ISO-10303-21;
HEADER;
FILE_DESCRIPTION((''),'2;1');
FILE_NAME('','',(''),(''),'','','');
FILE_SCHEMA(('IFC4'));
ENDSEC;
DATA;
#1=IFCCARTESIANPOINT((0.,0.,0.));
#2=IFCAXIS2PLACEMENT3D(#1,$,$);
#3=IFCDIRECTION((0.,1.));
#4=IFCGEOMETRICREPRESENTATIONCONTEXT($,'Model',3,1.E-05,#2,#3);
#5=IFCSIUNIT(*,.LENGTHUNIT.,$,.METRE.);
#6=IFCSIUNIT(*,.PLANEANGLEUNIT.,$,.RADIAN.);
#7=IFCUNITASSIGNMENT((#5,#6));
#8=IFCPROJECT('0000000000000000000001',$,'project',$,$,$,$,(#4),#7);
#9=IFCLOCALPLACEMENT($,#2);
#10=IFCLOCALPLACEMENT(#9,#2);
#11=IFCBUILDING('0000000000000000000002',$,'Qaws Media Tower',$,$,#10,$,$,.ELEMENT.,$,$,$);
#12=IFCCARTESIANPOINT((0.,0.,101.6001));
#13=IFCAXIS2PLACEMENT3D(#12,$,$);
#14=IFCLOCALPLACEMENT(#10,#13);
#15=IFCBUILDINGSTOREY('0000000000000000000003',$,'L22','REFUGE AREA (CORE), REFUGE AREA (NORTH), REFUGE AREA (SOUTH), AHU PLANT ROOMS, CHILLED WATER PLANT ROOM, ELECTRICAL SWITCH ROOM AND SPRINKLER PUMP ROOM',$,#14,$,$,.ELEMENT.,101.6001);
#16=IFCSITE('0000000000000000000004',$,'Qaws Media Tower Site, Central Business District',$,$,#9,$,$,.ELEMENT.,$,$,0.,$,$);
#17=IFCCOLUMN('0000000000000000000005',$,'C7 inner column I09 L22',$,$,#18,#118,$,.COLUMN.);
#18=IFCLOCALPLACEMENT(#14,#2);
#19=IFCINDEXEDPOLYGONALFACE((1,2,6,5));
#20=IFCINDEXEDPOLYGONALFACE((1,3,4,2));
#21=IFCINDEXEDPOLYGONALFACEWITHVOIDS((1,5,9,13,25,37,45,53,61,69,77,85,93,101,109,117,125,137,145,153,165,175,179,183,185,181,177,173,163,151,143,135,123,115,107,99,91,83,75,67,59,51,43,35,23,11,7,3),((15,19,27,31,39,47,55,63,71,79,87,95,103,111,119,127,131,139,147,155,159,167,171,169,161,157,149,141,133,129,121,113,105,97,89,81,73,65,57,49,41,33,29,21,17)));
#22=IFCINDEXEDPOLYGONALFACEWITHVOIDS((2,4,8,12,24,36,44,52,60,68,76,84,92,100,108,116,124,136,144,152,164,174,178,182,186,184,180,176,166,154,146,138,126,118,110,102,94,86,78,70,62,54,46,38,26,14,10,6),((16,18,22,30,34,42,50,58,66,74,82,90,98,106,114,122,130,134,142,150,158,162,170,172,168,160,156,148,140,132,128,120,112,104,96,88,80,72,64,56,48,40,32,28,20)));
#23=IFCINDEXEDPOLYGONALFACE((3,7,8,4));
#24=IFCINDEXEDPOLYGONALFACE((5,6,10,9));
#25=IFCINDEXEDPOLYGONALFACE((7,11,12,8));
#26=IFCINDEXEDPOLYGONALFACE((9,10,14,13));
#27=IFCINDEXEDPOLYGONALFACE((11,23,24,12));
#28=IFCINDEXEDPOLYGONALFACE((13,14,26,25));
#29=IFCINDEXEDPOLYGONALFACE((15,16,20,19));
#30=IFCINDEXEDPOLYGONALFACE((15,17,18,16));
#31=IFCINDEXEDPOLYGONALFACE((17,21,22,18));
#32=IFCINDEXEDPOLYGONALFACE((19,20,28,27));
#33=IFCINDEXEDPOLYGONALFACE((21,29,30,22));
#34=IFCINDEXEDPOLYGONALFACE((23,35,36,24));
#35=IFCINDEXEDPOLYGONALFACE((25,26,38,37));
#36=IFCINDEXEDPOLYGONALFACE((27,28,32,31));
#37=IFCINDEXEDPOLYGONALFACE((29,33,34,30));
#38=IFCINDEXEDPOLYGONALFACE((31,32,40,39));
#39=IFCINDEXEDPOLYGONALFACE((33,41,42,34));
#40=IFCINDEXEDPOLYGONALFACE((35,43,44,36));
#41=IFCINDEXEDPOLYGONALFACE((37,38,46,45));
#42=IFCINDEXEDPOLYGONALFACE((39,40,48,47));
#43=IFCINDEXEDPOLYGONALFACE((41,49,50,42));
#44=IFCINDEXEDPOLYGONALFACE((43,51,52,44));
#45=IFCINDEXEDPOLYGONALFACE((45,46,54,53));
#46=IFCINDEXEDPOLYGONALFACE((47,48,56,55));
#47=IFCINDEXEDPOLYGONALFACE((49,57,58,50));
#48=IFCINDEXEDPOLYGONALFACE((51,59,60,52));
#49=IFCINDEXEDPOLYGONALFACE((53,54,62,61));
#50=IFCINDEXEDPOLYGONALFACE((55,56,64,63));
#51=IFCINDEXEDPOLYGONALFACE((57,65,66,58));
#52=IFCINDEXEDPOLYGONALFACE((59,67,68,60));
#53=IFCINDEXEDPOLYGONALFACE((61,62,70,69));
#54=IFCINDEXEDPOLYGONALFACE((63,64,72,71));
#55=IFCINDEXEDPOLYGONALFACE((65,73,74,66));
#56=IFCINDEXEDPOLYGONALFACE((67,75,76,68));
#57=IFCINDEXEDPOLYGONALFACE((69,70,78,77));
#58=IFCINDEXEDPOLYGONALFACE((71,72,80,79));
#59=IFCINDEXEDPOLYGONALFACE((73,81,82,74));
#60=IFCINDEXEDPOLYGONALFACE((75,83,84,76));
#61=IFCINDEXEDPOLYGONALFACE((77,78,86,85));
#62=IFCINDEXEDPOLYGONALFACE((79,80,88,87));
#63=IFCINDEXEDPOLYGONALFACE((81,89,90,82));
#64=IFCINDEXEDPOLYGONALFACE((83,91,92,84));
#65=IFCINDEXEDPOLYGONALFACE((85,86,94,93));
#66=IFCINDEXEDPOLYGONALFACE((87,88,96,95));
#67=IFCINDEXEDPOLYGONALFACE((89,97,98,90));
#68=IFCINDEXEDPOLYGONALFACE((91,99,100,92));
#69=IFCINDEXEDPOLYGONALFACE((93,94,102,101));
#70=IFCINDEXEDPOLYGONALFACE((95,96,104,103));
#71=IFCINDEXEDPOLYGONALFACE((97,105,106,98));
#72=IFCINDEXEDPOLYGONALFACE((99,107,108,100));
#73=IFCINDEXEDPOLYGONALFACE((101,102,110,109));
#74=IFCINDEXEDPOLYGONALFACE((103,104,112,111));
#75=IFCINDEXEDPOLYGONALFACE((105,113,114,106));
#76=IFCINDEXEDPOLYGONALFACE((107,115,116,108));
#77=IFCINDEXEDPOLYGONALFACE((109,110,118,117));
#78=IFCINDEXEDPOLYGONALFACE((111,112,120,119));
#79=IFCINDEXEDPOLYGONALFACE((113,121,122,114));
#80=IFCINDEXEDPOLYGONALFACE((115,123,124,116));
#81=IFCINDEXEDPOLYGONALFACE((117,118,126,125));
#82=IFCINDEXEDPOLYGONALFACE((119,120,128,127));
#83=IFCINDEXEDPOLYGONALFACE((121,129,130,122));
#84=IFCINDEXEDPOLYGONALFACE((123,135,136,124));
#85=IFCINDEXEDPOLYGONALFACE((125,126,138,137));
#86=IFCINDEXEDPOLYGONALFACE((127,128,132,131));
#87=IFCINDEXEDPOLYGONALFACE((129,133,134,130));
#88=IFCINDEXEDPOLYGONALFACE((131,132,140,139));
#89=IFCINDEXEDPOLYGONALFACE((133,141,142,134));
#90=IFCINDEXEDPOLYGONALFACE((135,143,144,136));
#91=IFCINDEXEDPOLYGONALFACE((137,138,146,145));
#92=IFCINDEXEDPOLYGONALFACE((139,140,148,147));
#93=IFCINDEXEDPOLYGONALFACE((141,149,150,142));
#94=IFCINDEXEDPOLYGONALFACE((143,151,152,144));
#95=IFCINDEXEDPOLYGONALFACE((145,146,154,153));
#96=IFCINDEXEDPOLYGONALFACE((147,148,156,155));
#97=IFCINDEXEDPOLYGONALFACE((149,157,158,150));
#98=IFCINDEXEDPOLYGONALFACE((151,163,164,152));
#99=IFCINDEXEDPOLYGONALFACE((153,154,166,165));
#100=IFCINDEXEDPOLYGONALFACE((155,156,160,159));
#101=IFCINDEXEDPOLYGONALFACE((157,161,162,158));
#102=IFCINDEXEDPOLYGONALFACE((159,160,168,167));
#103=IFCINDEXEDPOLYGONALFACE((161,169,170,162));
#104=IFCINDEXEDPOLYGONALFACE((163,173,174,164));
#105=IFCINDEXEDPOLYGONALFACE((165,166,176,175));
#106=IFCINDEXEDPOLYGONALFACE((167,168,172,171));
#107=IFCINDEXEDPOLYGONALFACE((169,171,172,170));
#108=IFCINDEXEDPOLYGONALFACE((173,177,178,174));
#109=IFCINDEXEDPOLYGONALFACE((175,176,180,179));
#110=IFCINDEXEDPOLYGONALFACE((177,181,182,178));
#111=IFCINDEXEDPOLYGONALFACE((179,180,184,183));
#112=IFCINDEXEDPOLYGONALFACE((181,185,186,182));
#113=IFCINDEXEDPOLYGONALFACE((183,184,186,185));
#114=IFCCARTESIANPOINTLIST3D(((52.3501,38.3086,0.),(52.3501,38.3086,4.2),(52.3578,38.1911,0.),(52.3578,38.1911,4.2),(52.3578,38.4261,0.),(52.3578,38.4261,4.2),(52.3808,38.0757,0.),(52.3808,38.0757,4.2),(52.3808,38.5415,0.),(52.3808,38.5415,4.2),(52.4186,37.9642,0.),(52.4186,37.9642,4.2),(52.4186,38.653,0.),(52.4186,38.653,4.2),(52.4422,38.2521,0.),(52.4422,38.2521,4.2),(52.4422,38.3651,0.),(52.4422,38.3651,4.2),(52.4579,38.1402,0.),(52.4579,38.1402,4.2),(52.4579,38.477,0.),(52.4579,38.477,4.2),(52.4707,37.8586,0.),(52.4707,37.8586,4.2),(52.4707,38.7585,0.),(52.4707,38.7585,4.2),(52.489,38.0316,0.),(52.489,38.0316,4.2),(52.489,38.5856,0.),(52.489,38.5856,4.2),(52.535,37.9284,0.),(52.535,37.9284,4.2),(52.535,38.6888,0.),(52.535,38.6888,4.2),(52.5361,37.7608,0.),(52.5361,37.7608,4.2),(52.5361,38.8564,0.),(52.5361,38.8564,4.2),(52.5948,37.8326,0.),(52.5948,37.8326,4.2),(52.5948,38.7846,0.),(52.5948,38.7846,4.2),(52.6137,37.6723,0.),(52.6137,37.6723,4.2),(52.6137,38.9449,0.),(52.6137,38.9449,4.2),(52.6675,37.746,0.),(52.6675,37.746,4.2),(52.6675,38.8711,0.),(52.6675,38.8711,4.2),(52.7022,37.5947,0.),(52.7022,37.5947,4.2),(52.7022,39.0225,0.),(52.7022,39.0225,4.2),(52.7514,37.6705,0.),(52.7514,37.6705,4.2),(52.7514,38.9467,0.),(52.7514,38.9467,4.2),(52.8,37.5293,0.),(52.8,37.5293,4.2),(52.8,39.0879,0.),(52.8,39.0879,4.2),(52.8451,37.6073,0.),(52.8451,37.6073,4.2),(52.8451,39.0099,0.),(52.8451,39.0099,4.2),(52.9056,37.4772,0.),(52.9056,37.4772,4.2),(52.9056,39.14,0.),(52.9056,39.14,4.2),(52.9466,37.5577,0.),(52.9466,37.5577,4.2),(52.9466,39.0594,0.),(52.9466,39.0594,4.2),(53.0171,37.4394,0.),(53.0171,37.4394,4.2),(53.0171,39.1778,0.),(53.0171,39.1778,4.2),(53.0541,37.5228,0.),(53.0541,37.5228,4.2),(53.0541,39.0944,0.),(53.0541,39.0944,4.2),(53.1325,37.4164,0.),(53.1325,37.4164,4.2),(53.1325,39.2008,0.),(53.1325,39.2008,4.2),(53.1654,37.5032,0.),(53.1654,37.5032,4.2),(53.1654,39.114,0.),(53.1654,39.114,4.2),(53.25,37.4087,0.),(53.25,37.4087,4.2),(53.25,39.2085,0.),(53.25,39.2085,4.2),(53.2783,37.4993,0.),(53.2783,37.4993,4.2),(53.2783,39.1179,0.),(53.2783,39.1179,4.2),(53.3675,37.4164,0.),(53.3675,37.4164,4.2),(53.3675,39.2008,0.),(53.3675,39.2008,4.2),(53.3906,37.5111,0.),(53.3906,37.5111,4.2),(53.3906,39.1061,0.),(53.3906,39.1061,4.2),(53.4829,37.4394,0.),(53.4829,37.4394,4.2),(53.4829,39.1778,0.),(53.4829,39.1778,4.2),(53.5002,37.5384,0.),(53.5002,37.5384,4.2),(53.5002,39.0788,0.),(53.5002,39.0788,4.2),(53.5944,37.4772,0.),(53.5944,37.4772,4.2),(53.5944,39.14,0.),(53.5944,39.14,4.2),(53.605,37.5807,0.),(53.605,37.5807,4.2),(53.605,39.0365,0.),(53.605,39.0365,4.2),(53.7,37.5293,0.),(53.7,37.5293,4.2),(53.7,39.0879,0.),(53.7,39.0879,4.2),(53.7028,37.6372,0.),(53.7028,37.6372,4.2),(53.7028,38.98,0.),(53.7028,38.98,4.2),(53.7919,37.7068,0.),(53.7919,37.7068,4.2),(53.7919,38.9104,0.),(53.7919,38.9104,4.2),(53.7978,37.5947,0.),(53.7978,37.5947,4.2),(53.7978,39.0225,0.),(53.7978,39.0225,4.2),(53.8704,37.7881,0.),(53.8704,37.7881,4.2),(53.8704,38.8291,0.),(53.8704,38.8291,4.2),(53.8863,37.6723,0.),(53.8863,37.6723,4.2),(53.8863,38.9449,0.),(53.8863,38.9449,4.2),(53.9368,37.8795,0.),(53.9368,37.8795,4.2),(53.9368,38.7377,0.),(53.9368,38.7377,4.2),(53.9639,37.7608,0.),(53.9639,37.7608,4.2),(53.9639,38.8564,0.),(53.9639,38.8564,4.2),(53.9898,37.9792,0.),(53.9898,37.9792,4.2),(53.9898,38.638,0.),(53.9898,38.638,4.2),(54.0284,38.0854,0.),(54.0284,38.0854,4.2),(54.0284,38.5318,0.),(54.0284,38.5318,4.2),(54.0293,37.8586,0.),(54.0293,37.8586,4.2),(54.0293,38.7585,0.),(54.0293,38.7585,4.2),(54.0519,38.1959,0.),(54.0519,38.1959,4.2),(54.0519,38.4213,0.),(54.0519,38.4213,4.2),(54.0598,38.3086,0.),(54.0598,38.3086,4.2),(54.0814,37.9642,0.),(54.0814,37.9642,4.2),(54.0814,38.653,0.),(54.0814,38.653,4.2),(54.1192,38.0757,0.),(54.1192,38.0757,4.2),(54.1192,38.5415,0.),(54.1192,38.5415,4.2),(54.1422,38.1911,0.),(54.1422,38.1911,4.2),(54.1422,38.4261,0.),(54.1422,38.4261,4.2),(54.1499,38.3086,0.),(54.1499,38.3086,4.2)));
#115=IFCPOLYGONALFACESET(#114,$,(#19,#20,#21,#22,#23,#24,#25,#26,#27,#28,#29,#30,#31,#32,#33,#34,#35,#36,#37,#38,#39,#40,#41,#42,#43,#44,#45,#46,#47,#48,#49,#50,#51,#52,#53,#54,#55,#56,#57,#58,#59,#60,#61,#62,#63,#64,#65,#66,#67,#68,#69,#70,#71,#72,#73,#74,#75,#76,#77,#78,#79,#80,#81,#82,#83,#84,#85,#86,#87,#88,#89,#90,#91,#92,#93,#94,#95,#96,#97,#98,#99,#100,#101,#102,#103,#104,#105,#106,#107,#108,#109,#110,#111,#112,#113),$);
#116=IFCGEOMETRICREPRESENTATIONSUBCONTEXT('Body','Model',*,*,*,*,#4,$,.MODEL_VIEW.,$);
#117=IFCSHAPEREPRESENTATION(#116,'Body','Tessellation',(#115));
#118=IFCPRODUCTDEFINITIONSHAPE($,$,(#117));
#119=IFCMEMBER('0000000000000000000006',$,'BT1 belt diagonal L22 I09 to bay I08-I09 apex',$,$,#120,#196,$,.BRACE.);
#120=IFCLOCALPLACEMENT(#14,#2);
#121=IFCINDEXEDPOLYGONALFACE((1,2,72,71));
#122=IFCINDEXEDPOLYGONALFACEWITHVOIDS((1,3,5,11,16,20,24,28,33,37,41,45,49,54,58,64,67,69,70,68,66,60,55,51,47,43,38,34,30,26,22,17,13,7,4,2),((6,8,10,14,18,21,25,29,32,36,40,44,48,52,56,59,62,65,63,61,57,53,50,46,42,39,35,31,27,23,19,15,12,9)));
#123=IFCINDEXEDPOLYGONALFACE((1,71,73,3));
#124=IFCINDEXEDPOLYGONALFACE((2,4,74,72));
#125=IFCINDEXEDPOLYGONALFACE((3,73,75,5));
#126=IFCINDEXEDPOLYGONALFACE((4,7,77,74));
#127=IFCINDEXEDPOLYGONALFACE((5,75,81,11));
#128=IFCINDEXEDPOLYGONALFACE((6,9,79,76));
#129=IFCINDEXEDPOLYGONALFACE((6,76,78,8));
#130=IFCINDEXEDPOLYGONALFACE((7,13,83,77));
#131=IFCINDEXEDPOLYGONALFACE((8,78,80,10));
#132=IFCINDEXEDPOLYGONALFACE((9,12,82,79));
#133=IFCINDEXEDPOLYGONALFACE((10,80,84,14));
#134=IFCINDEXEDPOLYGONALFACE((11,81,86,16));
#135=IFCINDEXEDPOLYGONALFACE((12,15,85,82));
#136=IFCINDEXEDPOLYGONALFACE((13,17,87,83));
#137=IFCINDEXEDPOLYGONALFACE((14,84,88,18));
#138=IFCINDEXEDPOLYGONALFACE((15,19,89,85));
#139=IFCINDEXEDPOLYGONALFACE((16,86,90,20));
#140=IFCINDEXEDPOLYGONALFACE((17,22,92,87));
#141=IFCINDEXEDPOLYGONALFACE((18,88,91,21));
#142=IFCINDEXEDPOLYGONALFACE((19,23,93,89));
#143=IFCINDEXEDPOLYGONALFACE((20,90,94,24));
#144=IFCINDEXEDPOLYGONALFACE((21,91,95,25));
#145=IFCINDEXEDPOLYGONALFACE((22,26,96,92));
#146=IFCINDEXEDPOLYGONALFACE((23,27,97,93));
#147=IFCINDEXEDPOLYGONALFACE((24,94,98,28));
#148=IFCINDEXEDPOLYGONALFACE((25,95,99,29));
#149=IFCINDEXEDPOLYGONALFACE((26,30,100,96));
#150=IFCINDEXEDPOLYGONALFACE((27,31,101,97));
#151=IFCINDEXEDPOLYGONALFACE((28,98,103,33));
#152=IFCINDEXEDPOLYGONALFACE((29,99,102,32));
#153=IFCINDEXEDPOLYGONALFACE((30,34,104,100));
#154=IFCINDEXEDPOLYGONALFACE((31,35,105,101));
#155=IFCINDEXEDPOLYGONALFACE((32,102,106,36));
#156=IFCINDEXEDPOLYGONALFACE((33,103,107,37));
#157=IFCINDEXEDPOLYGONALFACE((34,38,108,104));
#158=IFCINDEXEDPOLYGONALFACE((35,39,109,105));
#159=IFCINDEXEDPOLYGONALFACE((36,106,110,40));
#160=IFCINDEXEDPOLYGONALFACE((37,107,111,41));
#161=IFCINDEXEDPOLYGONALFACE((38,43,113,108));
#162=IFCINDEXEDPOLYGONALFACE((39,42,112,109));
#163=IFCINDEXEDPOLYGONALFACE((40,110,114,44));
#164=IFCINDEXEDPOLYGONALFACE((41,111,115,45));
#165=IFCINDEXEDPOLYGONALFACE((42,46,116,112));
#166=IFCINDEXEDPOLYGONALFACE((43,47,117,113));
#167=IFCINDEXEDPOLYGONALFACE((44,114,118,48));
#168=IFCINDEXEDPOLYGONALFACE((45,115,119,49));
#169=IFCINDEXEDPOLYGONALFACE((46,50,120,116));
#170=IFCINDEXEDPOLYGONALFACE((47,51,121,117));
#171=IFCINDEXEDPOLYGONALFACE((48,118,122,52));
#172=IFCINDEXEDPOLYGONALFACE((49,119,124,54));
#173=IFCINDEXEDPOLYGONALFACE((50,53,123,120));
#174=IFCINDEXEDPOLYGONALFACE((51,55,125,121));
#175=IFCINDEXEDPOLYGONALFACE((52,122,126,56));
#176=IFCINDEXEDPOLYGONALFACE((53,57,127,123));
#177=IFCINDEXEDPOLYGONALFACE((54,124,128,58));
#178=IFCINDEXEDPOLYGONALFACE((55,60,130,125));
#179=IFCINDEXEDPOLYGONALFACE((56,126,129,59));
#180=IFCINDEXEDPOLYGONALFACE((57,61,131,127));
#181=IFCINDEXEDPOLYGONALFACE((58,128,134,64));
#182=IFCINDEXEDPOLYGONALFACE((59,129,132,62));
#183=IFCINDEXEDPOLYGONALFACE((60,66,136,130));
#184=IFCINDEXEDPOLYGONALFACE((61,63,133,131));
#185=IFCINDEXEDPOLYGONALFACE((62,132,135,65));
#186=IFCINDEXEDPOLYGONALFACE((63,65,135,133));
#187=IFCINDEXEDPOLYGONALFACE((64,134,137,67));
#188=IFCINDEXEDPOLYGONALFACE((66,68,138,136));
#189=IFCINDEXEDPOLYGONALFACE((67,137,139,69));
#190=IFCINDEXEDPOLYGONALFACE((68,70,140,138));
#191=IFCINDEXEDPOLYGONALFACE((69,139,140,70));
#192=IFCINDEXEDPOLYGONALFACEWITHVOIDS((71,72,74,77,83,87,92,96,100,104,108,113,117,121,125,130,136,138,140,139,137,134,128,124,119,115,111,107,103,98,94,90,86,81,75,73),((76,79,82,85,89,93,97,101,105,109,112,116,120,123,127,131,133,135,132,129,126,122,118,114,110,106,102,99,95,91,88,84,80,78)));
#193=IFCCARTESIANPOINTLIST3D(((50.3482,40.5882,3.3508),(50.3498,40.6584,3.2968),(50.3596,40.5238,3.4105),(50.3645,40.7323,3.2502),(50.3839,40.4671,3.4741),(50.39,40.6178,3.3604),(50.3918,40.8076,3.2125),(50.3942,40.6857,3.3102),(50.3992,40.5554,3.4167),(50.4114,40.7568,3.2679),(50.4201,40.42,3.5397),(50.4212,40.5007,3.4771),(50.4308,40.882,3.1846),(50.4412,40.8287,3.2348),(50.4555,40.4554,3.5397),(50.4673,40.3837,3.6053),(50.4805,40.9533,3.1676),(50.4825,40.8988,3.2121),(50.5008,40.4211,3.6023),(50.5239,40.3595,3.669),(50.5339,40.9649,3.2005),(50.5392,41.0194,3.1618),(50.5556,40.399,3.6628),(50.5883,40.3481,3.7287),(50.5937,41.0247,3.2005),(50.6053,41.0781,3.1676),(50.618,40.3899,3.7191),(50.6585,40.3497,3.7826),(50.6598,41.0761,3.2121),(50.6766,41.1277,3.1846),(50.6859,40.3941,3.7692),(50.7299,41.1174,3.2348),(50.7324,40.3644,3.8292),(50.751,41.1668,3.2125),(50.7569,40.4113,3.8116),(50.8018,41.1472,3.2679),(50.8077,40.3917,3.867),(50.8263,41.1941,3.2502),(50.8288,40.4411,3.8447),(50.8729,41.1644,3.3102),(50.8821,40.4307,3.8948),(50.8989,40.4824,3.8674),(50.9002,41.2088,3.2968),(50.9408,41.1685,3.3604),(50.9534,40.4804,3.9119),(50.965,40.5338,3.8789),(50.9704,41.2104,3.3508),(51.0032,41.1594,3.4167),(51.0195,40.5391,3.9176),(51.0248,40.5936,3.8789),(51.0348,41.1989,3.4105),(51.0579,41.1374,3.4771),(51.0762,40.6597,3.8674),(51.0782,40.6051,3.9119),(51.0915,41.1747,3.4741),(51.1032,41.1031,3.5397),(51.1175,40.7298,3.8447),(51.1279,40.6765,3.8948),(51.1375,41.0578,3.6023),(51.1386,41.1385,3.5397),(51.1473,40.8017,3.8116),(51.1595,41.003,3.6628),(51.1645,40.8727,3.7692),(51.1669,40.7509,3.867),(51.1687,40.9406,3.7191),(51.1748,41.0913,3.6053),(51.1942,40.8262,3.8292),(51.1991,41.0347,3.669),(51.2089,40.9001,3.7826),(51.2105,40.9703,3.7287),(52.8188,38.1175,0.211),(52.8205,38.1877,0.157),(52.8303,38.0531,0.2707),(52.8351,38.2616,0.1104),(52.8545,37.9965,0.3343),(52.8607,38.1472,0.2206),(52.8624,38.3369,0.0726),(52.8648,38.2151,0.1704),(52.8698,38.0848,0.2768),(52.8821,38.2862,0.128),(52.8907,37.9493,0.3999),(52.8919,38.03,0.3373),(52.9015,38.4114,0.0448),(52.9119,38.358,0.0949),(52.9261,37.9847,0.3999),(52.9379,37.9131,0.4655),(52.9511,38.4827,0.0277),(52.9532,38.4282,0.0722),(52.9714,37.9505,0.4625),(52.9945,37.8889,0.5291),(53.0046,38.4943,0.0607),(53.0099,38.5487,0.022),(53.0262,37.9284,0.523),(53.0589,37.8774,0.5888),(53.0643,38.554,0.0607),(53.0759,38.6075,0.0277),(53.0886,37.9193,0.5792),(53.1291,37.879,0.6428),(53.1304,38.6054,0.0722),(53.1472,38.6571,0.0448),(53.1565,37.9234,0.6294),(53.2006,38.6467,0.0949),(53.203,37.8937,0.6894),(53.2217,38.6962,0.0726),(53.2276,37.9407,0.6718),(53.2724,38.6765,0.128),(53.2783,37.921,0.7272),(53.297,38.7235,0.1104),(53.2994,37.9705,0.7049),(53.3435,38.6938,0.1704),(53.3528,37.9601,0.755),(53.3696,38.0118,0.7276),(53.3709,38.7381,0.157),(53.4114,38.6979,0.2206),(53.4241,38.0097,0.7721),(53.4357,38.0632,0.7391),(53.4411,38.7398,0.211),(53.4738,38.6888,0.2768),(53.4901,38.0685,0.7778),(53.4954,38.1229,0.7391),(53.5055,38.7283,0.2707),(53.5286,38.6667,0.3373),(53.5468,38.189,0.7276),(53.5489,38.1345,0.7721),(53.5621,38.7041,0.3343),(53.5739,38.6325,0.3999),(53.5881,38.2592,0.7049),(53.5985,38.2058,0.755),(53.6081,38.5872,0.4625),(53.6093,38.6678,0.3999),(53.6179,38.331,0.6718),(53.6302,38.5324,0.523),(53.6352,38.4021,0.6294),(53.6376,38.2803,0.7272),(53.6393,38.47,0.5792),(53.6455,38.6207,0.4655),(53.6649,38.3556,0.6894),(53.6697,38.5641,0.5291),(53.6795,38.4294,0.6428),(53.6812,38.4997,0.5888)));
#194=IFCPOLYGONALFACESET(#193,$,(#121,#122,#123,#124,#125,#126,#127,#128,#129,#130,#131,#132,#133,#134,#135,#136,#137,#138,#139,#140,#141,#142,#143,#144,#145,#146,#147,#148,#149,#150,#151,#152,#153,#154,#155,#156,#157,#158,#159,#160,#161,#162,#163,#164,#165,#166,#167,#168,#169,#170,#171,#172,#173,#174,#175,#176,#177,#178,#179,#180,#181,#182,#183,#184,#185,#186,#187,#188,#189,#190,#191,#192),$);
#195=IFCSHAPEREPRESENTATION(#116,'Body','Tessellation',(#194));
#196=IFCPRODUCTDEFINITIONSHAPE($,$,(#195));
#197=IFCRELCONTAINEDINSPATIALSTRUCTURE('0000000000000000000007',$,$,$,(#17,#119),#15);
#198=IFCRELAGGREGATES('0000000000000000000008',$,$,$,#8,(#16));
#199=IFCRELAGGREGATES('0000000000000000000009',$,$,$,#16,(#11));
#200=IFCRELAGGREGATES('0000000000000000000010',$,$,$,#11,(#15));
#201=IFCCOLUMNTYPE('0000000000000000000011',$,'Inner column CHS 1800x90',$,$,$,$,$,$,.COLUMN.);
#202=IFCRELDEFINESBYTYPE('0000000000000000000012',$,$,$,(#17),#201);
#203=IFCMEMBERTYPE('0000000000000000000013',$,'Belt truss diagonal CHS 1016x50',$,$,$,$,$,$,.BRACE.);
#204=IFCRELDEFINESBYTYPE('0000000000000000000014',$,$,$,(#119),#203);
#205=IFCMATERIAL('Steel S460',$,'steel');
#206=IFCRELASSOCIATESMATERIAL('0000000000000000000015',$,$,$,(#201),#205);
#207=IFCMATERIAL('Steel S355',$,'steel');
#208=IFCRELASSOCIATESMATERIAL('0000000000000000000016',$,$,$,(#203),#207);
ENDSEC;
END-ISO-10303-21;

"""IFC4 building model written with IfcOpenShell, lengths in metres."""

from ifc_helpers import new_model, si_unit, direction, frame, origin, origin_2d, place, context, subcontext, project, spatial, hollow_circle, extrude, material, material_profile, profile_set, type_object, element, save


model = new_model("IFC4")

# Units and contexts
model_context = context("Model", 3, precision=1e-05, world=origin(), true_north=direction((0.0, 1.0)))
body_context = subcontext(model_context, "Body", "Model", "MODEL_VIEW")
ifc_project = project(units=[si_unit("LENGTHUNIT", "METRE"), si_unit("PLANEANGLEUNIT", "RADIAN")], contexts=[model_context])

# Site, building, storey
site_placement = place(None, origin())
site = spatial("IfcSite", under=ifc_project, at=site_placement, Name="Qaws Media Tower Site, Central Business District", CompositionType="ELEMENT", RefElevation=0.0)
building_placement = place(site_placement, origin())
building = spatial("IfcBuilding", under=site, at=building_placement, Name="Qaws Media Tower", CompositionType="ELEMENT")
storey_placement = place(building_placement, frame((0.0, 0.0, 101.6001)))
storey = spatial("IfcBuildingStorey", under=building, at=storey_placement, Name="L22", Description="REFUGE AREA (CORE), REFUGE AREA (NORTH), REFUGE AREA (SOUTH), AHU PLANT ROOMS, CHILLED WATER PLANT ROOM, ELECTRICAL SWITCH ROOM AND SPRINKLER PUMP ROOM", CompositionType="ELEMENT", Elevation=101.6001)

# Column
ifc_material_1 = material(Name="Steel S460", Category="steel")
ifc_material_profile_1 = material_profile(ifc_material_1, hollow_circle(Radius=0.8999, WallThickness=0.0901, at=origin_2d()), Name="CHS 1800x90")
ifc_profile_set_1 = profile_set([ifc_material_profile_1], Name="Steel S460")
column_type = type_object("IfcColumnType", Name="Inner column CHS 1800x90", PredefinedType="COLUMN", material=ifc_profile_set_1)
for number, where, z_axis, x_axis, name in (
    (1, (53.25, 38.3086, 0.0), (0.0, 0.0, 1.0), (1.0, 0.0, 0.0), "C7 inner column I09 L22"),
):
    element("IfcColumn", number, at=place(storey_placement, frame(where, z_axis=z_axis, x_axis=x_axis)), inside=storey, type_object=column_type, Name=name, PredefinedType="COLUMN", context=body_context, shape_type="SweptSolid", body=[
        extrude(hollow_circle(Radius=0.8999, WallThickness=0.0901, at=origin_2d()), origin(), (0.0, 0.0, 1.0), 4.2),
    ])

# Member
ifc_material_2 = material(Name="Steel S355", Category="steel")
ifc_material_profile_2 = material_profile(ifc_material_2, hollow_circle(Radius=0.5081, WallThickness=0.05, at=origin_2d()), Name="CHS 1016x50")
ifc_profile_set_2 = profile_set([ifc_material_profile_2], Name="Steel S355")
member_type_1 = type_object("IfcMemberType", Name="Belt truss diagonal CHS 1016x50", PredefinedType="BRACE", material=ifc_profile_set_2)
for number, where, z_axis, x_axis, name in (
    (2, (53.25, 38.3086, 0.3999), (-0.525947, 0.525947, 0.6684), (-0.707107, -0.707107, 0.0), "BT1 belt diagonal L22 I09 to bay I08-I09 apex"),
):
    element("IfcMember", number, at=place(storey_placement, frame(where, z_axis=z_axis, x_axis=x_axis)), inside=storey, type_object=member_type_1, Name=name, PredefinedType="BRACE", context=body_context, shape_type="SweptSolid", body=[
        extrude(hollow_circle(Radius=0.5081, WallThickness=0.05, at=origin_2d()), origin(), (0.0, 0.0, 1.0), 4.6975),
    ])

save(model, "model.ifc")
